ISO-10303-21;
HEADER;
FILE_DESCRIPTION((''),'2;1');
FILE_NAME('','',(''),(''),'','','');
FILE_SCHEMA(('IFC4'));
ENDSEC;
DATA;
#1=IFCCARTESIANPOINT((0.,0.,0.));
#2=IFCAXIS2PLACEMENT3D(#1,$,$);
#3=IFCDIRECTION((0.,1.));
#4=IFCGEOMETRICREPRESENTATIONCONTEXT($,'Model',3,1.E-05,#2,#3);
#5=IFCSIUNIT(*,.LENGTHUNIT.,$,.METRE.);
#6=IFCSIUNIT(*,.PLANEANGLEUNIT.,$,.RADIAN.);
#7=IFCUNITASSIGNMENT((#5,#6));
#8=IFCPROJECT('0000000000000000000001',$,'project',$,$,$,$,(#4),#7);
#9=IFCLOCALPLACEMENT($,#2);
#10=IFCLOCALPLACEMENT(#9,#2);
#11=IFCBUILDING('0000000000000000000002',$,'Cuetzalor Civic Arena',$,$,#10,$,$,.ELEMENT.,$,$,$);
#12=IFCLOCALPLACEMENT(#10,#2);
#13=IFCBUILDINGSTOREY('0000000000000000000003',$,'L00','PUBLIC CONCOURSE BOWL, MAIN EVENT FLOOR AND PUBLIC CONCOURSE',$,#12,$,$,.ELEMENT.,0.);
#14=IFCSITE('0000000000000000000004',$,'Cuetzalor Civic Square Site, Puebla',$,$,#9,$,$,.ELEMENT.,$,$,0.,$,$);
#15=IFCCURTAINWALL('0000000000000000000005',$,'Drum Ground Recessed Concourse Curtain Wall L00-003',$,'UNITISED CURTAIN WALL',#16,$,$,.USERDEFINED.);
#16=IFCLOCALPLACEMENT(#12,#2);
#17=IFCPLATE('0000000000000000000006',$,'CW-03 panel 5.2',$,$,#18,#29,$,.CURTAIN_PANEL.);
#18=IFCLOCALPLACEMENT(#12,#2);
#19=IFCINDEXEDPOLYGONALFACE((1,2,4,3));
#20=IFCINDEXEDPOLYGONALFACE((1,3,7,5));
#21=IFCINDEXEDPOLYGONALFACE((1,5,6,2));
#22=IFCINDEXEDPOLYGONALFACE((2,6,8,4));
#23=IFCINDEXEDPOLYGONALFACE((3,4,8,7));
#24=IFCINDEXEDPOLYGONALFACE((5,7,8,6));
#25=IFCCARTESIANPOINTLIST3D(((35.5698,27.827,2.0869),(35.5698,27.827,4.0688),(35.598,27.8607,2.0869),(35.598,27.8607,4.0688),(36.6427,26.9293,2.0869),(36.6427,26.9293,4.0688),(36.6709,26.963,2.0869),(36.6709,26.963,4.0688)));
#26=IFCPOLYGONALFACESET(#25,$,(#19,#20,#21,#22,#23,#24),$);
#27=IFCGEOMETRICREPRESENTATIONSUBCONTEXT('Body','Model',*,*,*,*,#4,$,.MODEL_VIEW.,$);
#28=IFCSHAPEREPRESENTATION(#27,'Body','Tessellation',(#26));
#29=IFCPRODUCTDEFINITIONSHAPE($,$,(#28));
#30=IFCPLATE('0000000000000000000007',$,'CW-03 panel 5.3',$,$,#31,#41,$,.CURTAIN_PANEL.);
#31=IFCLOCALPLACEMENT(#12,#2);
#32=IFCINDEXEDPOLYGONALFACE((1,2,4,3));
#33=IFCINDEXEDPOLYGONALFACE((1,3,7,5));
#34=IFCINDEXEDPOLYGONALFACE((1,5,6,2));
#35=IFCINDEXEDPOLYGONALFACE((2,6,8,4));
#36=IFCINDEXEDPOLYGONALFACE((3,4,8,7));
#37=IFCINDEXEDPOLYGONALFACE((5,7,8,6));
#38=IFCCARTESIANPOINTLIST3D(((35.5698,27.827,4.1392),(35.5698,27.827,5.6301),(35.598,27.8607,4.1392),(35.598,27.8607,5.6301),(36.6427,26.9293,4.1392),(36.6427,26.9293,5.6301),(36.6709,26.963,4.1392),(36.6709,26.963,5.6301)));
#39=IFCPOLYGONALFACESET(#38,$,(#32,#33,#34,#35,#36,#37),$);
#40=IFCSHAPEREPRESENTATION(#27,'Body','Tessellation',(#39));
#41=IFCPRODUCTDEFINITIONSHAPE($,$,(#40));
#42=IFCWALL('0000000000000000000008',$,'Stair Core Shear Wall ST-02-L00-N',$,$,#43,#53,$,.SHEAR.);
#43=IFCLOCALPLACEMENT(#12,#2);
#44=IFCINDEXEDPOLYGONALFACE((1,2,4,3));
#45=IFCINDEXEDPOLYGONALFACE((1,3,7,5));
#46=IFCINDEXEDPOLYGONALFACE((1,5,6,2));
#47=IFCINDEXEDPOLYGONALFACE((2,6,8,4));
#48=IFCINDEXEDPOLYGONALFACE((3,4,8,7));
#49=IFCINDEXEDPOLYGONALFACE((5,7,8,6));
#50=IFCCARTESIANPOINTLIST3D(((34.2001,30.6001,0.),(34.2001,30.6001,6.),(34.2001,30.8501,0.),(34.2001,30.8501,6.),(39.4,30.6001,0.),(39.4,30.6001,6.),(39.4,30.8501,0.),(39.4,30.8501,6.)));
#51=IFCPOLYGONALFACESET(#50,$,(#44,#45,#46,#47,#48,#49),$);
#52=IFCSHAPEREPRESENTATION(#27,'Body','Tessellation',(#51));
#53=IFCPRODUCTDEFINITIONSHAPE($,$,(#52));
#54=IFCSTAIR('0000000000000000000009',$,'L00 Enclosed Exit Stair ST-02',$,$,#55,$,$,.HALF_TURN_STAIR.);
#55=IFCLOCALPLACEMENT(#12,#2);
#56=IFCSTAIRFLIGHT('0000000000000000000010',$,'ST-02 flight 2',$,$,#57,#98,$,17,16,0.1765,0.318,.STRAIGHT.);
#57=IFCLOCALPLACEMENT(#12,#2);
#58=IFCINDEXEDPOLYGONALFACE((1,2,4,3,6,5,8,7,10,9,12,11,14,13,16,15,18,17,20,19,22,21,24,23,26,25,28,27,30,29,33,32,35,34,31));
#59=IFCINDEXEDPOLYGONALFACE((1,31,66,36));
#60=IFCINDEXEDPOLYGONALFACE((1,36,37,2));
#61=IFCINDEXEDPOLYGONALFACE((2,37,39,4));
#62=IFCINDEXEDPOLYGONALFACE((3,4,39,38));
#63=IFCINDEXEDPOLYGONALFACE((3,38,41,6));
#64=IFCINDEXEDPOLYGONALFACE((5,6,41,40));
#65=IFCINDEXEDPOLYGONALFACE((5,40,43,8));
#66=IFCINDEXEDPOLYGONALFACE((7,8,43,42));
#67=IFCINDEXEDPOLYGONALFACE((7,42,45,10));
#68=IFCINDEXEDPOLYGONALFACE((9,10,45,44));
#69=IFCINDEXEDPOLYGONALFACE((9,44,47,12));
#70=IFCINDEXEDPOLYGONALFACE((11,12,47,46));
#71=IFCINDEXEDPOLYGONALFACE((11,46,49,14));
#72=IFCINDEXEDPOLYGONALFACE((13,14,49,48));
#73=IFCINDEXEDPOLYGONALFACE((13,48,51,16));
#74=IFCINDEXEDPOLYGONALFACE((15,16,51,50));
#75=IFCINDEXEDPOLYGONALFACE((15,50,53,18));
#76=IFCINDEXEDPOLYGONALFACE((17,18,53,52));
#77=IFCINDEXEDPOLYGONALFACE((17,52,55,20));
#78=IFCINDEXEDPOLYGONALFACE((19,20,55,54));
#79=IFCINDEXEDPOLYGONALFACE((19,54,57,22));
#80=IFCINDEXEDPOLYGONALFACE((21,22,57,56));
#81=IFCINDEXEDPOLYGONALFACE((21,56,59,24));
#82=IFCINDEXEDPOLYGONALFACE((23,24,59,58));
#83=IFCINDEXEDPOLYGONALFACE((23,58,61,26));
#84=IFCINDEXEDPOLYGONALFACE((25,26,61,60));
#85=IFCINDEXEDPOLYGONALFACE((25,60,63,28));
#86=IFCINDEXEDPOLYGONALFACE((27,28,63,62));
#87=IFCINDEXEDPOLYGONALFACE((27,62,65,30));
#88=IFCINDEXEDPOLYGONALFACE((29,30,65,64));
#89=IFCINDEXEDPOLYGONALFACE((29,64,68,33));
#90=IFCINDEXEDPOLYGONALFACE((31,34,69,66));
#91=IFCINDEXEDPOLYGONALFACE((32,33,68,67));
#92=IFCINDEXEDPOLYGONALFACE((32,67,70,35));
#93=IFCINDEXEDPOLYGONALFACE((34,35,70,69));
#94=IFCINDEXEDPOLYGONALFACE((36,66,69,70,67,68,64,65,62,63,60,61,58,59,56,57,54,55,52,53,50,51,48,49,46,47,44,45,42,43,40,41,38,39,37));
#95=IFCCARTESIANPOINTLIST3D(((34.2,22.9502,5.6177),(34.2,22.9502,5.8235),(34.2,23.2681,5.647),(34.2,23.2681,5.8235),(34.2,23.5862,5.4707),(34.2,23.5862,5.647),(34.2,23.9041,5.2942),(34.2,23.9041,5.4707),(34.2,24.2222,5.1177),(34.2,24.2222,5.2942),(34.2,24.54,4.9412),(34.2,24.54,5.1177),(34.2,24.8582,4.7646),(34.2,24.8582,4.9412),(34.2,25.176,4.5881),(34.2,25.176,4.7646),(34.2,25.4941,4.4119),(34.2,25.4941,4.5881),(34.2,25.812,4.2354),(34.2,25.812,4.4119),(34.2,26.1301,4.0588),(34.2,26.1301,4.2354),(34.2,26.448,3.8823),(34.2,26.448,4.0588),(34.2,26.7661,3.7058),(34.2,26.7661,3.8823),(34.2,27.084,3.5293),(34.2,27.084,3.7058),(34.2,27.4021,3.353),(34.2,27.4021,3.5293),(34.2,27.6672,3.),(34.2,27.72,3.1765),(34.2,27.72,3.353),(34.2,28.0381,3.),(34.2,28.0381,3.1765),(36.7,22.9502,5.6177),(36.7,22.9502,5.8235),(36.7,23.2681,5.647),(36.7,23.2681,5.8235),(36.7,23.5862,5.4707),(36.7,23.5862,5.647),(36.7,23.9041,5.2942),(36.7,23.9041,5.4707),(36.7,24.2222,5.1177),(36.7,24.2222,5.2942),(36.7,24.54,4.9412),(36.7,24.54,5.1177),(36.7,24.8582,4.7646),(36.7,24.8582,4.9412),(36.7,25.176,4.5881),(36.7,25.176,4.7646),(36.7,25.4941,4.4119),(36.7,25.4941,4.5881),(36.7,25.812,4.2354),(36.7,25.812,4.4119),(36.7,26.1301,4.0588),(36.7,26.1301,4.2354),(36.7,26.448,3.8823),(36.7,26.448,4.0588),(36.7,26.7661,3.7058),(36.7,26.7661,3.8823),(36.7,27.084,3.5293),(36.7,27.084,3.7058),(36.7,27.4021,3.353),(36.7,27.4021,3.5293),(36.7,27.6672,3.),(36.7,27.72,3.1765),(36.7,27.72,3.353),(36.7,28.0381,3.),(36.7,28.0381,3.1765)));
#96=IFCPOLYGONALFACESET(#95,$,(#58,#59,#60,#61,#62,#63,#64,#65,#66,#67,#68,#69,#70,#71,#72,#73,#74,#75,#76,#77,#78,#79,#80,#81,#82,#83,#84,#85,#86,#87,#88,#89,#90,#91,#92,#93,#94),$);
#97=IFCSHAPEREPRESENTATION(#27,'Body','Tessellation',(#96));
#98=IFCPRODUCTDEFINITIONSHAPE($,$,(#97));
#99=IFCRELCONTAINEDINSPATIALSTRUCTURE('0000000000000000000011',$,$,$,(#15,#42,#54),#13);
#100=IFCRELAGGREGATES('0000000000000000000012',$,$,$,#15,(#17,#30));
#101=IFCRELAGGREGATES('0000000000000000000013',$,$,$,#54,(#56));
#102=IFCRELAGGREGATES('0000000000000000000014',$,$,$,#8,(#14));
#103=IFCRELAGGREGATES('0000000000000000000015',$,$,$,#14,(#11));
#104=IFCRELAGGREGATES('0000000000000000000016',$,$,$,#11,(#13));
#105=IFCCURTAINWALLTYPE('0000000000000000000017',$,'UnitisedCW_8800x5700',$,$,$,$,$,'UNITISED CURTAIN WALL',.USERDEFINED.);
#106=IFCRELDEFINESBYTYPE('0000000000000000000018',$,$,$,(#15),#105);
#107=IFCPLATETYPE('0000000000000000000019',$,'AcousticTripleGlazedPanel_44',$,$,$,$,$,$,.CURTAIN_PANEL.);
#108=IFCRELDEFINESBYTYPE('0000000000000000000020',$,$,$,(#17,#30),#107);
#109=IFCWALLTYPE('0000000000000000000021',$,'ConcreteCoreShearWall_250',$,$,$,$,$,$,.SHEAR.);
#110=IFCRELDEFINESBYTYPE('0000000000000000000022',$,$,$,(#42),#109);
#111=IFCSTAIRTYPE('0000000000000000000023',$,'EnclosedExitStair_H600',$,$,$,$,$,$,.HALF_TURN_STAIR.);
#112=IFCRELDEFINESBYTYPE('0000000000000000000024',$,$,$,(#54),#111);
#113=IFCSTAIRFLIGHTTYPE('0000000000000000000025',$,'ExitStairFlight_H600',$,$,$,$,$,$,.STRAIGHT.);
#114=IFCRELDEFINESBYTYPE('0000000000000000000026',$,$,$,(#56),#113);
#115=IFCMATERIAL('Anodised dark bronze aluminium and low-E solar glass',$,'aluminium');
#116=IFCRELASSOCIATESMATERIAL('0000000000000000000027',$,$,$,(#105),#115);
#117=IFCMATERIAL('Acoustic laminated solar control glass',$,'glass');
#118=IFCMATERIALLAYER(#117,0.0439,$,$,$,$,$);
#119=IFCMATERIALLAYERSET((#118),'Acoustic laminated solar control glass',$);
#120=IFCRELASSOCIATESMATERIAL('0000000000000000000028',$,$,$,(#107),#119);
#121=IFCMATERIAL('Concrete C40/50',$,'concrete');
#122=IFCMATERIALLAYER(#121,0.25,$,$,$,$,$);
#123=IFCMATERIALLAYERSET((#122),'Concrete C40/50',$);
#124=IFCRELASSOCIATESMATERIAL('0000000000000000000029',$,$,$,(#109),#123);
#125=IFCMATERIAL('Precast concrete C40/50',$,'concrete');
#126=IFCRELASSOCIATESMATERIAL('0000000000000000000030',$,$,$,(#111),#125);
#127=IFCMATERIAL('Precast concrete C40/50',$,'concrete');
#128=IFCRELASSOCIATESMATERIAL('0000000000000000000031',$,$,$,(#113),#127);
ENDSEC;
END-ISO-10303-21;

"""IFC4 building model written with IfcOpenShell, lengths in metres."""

from ifc_helpers import new_model, si_unit, direction, frame, frame_2d, origin, origin_2d, place, context, subcontext, project, spatial, polyline, rectangle, outline, extrude, material, layer, layer_set, type_object, element, aggregate, save


model = new_model("IFC4")

# Units and contexts
model_context = context("Model", 3, precision=1e-05, world=origin(), true_north=direction((0.0, 1.0)))
body_context = subcontext(model_context, "Body", "Model", "MODEL_VIEW")
ifc_project = project(units=[si_unit("LENGTHUNIT", "METRE"), si_unit("PLANEANGLEUNIT", "RADIAN")], contexts=[model_context])

# Site, building, storey
site_placement = place(None, origin())
site = spatial("IfcSite", under=ifc_project, at=site_placement, Name="Cuetzalor Civic Square Site, Puebla", CompositionType="ELEMENT", RefElevation=0.0)
building_placement = place(site_placement, origin())
building = spatial("IfcBuilding", under=site, at=building_placement, Name="Cuetzalor Civic Arena", CompositionType="ELEMENT")
storey_placement = place(building_placement, origin())
storey = spatial("IfcBuildingStorey", under=building, at=storey_placement, Name="L00", Description="PUBLIC CONCOURSE BOWL, MAIN EVENT FLOOR AND PUBLIC CONCOURSE", CompositionType="ELEMENT", Elevation=0.0)

# Curtain wall, plates
ifc_material_1 = material(Name="Anodised dark bronze aluminium and low-E solar glass", Category="aluminium")
curtain_wall_type = type_object("IfcCurtainWallType", Name="UnitisedCW_8800x5700", ElementType="UNITISED CURTAIN WALL", PredefinedType="USERDEFINED", material=ifc_material_1)
curtain_wall_placement = place(storey_placement, origin())
curtain_wall = element("IfcCurtainWall", 1, at=curtain_wall_placement, inside=storey, type_object=curtain_wall_type, Name="Drum Ground Recessed Concourse Curtain Wall L00-003", ObjectType="UNITISED CURTAIN WALL", PredefinedType="USERDEFINED")
ifc_material_2 = material(Name="Acoustic laminated solar control glass", Category="glass")
ifc_layer_1 = layer(ifc_material_2, 0.0439)
ifc_layer_set_1 = layer_set([ifc_layer_1], Name="Acoustic laminated solar control glass")
plate_type = type_object("IfcPlateType", Name="AcousticTripleGlazedPanel_44", PredefinedType="CURTAIN_PANEL", material=ifc_layer_set_1)
plate_1_placement = place(storey_placement, frame((36.1204, 27.395, 2.0869), z_axis=(0.0, 0.0, 1.0), x_axis=(0.766928, -0.641733, 0.0)))
plate_1 = element("IfcPlate", 2, at=plate_1_placement, type_object=plate_type, Name="CW-03 panel 5.2", PredefinedType="CURTAIN_PANEL", context=body_context, shape_type="SweptSolid", body=[
    extrude(rectangle(XDim=1.3989, YDim=0.0439, at=origin_2d()), origin(), (0.0, 0.0, 1.0), 1.9819),
])
plate_2_placement = place(storey_placement, frame((36.1204, 27.395, 4.1392), z_axis=(0.0, 0.0, 1.0), x_axis=(0.766928, -0.641733, 0.0)))
plate_2 = element("IfcPlate", 3, at=plate_2_placement, type_object=plate_type, Name="CW-03 panel 5.3", PredefinedType="CURTAIN_PANEL", context=body_context, shape_type="SweptSolid", body=[
    extrude(rectangle(XDim=1.3989, YDim=0.0439, at=origin_2d()), origin(), (0.0, 0.0, 1.0), 1.491),
])
aggregate(curtain_wall, [plate_1, plate_2])

# Wall
ifc_material_3 = material(Name="Concrete C40/50", Category="concrete")
ifc_layer_2 = layer(ifc_material_3, 0.25)
ifc_layer_set_2 = layer_set([ifc_layer_2], Name="Concrete C40/50")
wall_type = type_object("IfcWallType", Name="ConcreteCoreShearWall_250", PredefinedType="SHEAR", material=ifc_layer_set_2)
wall_placement = place(storey_placement, frame((34.2, 30.7251, 0.0), z_axis=(0.0, 0.0, 1.0), x_axis=(1.0, 0.0, 0.0)))
element("IfcWall", 4, at=wall_placement, inside=storey, type_object=wall_type, Name="Stair Core Shear Wall ST-02-L00-N", PredefinedType="SHEAR", context=body_context, shape_type="SweptSolid", body=[
    extrude(rectangle(XDim=5.2, YDim=0.25, at=frame_2d((2.6001, 0.0))), origin(), (0.0, 0.0, 1.0), 6.0),
])

# Stair, stair flight
ifc_material_4 = material(Name="Precast concrete C40/50", Category="concrete")
stair_type = type_object("IfcStairType", Name="EnclosedExitStair_H600", PredefinedType="HALF_TURN_STAIR", material=ifc_material_4)
stair_placement = place(storey_placement, origin())
stair = element("IfcStair", 5, at=stair_placement, inside=storey, type_object=stair_type, Name="L00 Enclosed Exit Stair ST-02", PredefinedType="HALF_TURN_STAIR")
ifc_material_5 = material(Name="Precast concrete C40/50", Category="concrete")
stair_flight_type = type_object("IfcStairFlightType", Name="ExitStairFlight_H600", PredefinedType="STRAIGHT", material=ifc_material_5)
stair_flight_placement = place(storey_placement, frame((35.45, 28.0381, 3.0), z_axis=(0.0, 0.0, 1.0), x_axis=(0.0, -1.0, 0.0)))
stair_flight = element("IfcStairFlight", 6, at=stair_flight_placement, type_object=stair_flight_type, Name="ST-02 flight 2", NumberOfRisers=17, NumberOfTreads=16, PredefinedType="STRAIGHT", RiserHeight=0.1765, TreadLength=0.318, context=body_context, shape_type="SweptSolid", body=[
    extrude(outline(polyline([(0.0, 0.0), (0.0, 0.1765), (0.3181, 0.1765), (0.3181, 0.353), (0.636, 0.353), (0.636, 0.5293), (0.9541, 0.5293), (0.9541, 0.7058), (1.272, 0.7058), (1.272, 0.8823), (1.5901, 0.8823), (1.5901, 1.0588), (1.908, 1.0588), (1.908, 1.2354), (2.2261, 1.2354), (2.2261, 1.4119), (2.5439, 1.4119), (2.5439, 1.5881), (2.8621, 1.5881), (2.8621, 1.7646), (3.1799, 1.7646), (3.1799, 1.9412), (3.498, 1.9412), (3.498, 2.1177), (3.8159, 2.1177), (3.8159, 2.2942), (4.134, 2.2942), (4.134, 2.4707), (4.4519, 2.4707), (4.4519, 2.647), (4.77, 2.647), (4.77, 2.8235), (5.0879, 2.8235), (5.0879, 3.0), (5.0879, 2.6177), (0.3708, 0.0), (0.0, 0.0)])), frame((0.0, 1.25, 0.0), z_axis=(0.0, -1.0, 0.0), x_axis=(1.0, 0.0, 0.0)), (0.0, 0.0, 1.0), 2.5),
])
aggregate(stair, [stair_flight])

save(model, "model.ifc")
